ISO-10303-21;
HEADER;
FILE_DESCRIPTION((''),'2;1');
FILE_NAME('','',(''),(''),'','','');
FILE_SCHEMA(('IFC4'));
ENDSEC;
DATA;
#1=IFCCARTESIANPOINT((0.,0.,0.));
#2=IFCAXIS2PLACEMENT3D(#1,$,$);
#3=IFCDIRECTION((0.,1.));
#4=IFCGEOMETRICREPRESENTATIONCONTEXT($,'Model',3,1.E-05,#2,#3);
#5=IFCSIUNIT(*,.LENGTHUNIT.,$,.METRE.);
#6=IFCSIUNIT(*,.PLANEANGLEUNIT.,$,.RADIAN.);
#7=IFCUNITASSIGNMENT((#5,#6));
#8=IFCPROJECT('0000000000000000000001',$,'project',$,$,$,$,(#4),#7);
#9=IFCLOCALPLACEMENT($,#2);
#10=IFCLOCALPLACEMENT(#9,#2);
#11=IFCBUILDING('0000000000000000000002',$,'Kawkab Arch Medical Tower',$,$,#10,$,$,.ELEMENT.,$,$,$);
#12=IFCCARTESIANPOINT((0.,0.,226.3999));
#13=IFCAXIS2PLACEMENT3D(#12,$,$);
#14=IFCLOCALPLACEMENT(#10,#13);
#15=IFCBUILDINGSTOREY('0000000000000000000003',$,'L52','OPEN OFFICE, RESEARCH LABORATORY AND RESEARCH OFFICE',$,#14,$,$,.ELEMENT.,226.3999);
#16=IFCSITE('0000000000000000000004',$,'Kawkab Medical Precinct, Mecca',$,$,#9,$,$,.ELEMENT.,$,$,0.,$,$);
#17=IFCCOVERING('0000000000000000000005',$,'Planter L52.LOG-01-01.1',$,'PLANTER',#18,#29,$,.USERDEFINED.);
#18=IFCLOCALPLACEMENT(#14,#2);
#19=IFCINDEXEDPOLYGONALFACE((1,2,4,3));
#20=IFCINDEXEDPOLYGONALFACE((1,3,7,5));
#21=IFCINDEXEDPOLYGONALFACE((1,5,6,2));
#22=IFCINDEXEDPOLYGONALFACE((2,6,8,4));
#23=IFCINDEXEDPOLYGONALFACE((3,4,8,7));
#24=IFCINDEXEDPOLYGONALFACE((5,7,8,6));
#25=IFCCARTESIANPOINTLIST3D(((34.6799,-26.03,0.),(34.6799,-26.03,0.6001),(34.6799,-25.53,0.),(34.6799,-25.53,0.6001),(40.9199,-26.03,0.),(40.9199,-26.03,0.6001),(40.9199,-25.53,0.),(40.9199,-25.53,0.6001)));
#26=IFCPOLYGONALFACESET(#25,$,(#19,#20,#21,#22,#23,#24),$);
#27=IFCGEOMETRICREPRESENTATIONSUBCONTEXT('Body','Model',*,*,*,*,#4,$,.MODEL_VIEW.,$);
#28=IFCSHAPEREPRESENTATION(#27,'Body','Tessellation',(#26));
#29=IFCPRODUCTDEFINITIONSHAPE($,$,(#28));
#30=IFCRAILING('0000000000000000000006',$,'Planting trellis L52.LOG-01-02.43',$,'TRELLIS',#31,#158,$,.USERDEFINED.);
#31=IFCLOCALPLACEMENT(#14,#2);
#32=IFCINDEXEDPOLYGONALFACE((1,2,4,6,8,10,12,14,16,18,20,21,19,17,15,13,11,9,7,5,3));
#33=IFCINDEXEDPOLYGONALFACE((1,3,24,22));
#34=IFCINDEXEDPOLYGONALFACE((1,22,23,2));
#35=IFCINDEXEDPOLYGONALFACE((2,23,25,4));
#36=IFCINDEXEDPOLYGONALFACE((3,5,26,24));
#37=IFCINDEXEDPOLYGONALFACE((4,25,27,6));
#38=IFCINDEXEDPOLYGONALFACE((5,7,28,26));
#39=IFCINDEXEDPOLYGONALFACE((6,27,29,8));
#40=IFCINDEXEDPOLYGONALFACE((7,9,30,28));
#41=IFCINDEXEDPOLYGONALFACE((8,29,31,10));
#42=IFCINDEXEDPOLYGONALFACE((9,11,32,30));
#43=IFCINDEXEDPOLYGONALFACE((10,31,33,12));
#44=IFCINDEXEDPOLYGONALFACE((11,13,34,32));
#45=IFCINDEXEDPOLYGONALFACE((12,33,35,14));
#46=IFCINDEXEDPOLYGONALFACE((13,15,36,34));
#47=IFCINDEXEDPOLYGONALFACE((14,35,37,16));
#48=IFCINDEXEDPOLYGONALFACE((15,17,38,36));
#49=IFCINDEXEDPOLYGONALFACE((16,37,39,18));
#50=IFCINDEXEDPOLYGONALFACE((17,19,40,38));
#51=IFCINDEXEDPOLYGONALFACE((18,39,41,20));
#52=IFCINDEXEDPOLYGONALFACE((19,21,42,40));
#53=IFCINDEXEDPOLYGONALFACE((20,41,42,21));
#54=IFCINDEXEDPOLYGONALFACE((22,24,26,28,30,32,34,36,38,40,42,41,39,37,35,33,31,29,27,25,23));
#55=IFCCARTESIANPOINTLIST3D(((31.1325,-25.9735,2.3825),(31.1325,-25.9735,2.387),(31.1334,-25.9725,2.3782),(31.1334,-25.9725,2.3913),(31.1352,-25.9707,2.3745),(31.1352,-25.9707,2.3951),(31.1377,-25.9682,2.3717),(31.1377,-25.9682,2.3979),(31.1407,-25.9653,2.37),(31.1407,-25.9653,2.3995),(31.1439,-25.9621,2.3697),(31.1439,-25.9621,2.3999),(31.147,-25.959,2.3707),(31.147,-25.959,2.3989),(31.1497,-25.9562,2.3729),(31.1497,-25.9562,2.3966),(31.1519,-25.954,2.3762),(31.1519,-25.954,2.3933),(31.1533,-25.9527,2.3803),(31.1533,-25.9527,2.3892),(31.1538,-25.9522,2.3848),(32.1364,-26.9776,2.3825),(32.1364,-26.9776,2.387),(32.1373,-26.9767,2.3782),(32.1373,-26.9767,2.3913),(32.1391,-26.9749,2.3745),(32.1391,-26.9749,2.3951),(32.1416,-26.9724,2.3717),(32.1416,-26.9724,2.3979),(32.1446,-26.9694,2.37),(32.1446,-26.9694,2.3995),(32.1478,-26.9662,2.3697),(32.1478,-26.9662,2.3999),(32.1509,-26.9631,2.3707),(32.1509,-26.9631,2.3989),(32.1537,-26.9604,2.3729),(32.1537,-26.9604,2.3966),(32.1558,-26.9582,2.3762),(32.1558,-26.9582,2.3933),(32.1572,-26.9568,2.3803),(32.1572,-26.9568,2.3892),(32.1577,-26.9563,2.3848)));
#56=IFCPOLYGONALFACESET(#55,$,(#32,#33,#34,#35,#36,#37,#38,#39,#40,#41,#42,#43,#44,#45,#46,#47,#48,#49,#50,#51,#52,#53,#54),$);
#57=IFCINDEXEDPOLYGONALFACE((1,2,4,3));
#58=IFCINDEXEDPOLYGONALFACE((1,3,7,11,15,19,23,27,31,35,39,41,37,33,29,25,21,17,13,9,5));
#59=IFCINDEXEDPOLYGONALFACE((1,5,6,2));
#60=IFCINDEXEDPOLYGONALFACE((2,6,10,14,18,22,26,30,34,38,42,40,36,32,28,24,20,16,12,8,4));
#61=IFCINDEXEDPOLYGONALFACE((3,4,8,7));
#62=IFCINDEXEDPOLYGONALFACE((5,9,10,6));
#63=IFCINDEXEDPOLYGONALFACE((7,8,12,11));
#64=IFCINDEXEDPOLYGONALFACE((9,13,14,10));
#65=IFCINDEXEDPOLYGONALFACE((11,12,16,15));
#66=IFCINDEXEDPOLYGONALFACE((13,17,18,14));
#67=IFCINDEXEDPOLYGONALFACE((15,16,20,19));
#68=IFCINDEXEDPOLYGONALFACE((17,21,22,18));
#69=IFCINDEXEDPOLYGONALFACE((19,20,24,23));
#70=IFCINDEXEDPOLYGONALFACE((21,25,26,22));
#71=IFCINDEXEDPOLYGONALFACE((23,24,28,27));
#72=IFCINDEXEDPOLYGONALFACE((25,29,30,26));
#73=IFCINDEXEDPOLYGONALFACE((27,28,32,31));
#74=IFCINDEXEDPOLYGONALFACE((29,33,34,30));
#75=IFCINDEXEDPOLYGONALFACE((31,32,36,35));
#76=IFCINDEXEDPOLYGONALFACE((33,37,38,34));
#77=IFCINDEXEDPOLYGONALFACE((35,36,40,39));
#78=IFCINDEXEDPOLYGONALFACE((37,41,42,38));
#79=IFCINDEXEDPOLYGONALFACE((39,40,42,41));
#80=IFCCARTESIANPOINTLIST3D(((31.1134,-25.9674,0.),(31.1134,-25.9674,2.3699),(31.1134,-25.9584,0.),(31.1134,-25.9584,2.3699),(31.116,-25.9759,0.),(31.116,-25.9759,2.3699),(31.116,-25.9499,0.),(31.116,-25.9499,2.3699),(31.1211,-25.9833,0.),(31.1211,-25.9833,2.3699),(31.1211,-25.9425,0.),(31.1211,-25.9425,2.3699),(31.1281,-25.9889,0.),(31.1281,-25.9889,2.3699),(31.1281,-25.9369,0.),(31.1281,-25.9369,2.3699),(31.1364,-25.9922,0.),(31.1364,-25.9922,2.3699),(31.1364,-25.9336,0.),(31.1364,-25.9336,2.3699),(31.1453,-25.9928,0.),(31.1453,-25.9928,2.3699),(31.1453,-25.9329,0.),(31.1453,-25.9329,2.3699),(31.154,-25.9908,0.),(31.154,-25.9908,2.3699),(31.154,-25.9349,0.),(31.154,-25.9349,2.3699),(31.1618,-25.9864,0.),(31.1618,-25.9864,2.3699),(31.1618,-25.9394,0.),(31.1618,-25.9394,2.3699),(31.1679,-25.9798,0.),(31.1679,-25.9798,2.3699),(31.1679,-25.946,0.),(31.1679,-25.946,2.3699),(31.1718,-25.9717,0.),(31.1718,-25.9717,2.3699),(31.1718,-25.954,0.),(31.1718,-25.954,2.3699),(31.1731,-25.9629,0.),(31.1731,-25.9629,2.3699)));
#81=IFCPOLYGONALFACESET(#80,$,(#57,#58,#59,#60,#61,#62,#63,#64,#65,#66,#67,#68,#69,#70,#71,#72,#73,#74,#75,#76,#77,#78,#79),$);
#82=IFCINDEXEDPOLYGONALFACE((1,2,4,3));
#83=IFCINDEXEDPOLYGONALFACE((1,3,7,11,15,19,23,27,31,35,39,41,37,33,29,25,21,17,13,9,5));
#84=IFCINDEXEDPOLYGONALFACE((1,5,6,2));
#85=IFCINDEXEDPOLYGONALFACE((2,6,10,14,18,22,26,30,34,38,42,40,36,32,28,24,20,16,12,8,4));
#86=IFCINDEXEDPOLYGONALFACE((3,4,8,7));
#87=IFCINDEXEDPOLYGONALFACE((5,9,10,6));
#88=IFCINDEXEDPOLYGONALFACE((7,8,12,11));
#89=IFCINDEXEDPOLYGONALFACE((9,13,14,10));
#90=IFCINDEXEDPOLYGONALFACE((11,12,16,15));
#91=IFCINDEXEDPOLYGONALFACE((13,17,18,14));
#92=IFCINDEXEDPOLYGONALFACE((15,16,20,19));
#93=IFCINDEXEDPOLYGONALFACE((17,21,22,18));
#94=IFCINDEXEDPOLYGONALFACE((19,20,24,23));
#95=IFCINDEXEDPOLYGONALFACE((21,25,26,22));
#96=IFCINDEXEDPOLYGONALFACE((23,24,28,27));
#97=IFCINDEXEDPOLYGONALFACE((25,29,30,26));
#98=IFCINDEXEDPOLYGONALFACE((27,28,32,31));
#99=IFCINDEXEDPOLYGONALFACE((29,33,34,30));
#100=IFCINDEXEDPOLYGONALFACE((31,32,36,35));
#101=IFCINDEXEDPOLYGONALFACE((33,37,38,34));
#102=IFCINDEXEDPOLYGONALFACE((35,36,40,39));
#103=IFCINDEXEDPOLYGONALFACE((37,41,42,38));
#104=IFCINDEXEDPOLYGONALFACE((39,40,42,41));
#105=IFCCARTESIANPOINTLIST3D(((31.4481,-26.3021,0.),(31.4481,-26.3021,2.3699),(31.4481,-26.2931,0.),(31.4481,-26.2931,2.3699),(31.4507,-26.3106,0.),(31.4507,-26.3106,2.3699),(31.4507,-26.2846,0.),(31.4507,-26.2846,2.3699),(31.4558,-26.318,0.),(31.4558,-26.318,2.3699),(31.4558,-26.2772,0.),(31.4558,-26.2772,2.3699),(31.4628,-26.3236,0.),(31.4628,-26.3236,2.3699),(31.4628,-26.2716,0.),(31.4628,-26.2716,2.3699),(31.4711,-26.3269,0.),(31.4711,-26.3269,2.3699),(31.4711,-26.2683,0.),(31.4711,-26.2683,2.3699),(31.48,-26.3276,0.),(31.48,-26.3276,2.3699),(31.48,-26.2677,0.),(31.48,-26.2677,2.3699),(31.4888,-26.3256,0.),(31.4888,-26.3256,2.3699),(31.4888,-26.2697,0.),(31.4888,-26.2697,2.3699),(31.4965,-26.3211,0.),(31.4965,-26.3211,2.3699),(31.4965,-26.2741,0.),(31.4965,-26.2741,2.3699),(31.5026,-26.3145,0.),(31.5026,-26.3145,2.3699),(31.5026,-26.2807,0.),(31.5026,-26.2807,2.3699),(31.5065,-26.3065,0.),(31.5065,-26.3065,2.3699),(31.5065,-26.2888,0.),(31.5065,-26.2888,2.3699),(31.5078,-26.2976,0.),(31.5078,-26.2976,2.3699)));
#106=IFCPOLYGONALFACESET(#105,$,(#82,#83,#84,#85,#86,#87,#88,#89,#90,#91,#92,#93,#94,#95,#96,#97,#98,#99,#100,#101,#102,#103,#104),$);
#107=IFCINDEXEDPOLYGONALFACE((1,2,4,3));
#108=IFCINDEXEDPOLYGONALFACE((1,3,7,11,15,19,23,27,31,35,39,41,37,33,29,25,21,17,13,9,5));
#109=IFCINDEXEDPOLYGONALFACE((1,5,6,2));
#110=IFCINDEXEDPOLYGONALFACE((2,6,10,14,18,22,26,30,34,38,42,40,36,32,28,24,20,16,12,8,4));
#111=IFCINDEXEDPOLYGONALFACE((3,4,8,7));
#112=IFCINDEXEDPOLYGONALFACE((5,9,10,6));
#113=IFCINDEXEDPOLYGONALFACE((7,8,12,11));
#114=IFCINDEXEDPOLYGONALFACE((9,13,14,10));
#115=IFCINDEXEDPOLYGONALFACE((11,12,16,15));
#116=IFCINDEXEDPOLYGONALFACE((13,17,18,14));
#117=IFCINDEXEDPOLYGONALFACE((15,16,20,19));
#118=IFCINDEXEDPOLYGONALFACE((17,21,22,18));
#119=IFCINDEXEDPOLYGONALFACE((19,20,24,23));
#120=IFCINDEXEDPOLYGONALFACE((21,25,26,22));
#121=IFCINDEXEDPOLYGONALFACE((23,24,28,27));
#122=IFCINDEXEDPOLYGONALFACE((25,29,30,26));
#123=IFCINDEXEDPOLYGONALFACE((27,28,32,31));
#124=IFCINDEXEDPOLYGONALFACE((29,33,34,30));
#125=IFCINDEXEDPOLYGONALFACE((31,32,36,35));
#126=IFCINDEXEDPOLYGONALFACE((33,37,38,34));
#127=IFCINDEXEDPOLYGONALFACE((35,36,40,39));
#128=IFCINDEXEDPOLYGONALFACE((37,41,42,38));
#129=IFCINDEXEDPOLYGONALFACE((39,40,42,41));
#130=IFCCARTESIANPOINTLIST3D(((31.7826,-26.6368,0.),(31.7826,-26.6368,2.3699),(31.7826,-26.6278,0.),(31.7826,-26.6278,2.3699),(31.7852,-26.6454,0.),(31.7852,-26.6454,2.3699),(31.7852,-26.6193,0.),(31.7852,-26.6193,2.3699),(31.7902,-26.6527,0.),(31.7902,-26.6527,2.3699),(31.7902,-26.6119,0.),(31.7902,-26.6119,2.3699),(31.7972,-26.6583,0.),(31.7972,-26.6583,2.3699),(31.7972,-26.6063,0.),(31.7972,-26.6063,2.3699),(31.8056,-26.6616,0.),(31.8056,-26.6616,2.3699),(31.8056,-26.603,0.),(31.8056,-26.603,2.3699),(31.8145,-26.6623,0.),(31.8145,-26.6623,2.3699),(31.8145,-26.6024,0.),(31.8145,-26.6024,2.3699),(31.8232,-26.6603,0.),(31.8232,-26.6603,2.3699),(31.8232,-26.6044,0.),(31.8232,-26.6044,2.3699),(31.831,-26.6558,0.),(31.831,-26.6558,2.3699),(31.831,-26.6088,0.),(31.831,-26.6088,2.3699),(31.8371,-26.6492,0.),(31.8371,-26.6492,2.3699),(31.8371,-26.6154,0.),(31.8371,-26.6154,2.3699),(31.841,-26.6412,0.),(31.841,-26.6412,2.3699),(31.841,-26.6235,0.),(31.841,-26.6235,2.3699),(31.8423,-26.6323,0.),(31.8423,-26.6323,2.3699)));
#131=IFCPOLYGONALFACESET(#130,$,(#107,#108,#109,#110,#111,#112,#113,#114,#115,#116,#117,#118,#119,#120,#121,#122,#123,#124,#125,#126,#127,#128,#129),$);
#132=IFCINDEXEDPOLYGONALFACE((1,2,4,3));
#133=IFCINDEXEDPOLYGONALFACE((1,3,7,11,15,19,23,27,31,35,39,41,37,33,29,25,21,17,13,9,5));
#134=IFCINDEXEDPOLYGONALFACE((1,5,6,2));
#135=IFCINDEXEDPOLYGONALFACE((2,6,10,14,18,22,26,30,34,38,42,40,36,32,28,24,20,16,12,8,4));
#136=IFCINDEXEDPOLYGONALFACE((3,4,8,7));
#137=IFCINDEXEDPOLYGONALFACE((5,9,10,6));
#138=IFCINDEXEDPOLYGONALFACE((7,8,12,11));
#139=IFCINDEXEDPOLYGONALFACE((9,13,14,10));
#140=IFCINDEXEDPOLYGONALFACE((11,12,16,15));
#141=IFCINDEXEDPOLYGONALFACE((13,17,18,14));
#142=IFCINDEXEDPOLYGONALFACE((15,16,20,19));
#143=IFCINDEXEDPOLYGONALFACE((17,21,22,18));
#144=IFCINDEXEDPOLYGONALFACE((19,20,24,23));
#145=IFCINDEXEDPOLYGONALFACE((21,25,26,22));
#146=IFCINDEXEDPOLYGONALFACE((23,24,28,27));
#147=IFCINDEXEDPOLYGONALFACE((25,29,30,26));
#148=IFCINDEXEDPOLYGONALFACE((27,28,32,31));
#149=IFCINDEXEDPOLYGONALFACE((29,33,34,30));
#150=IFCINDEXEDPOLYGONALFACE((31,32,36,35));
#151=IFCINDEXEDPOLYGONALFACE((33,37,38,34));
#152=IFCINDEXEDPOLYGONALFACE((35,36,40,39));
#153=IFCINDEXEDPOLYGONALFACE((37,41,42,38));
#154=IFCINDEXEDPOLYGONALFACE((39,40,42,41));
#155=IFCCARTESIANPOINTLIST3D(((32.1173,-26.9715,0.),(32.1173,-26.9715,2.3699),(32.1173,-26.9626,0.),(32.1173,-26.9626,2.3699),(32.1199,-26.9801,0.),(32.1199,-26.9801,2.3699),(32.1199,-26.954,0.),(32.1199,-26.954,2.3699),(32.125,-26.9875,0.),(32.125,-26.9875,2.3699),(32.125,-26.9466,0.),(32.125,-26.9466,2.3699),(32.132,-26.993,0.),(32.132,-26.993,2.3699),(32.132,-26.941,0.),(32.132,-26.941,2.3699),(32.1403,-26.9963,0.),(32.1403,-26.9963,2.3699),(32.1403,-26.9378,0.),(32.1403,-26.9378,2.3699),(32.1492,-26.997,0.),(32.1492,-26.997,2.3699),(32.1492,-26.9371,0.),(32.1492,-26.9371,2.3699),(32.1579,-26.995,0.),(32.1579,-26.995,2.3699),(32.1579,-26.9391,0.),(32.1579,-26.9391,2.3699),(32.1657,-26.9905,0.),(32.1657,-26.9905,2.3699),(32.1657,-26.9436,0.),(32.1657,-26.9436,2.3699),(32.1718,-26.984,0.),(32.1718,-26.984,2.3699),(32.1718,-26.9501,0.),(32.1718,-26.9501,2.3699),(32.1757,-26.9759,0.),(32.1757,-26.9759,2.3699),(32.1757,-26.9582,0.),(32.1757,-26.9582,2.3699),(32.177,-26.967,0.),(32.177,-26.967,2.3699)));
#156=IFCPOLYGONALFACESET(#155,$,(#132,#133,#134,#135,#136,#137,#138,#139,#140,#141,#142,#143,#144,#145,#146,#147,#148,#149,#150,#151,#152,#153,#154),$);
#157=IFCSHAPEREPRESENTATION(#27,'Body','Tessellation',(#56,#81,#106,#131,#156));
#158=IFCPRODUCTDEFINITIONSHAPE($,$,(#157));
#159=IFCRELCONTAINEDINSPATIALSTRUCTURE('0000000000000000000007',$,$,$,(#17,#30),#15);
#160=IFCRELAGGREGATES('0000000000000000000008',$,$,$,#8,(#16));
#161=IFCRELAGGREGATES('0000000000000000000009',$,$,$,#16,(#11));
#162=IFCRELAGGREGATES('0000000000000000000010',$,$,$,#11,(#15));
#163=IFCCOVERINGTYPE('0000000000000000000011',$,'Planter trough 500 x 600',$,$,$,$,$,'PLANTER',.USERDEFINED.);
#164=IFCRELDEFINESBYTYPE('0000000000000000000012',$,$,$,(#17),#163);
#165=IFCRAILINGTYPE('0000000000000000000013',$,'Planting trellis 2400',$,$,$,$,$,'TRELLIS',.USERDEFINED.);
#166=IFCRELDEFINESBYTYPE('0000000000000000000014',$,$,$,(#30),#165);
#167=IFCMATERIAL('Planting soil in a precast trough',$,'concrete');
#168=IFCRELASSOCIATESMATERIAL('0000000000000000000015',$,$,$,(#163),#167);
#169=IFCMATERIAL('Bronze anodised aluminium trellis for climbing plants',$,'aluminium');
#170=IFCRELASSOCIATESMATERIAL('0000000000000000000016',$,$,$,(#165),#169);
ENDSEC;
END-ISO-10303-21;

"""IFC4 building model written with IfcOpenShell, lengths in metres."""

from ifc_helpers import new_model, si_unit, direction, frame, origin, origin_2d, place, context, subcontext, project, spatial, rectangle, circle, extrude, material, material_profile, profile_set, type_object, element, save


model = new_model("IFC4")

# Units and contexts
model_context = context("Model", 3, precision=1e-05, world=origin(), true_north=direction((0.0, 1.0)))
body_context = subcontext(model_context, "Body", "Model", "MODEL_VIEW")
ifc_project = project(units=[si_unit("LENGTHUNIT", "METRE"), si_unit("PLANEANGLEUNIT", "RADIAN")], contexts=[model_context])

# Site, building, storey
site_placement = place(None, origin())
site = spatial("IfcSite", under=ifc_project, at=site_placement, Name="Kawkab Medical Precinct, Mecca", CompositionType="ELEMENT", RefElevation=0.0)
building_placement = place(site_placement, origin())
building = spatial("IfcBuilding", under=site, at=building_placement, Name="Kawkab Arch Medical Tower", CompositionType="ELEMENT")
storey_placement = place(building_placement, frame((0.0, 0.0, 226.3999)))
storey = spatial("IfcBuildingStorey", under=building, at=storey_placement, Name="L52", Description="OPEN OFFICE, RESEARCH LABORATORY AND RESEARCH OFFICE", CompositionType="ELEMENT", Elevation=226.3999)

# Covering
ifc_material_1 = material(Name="Planting soil in a precast trough", Category="concrete")
ifc_material_profile_1 = material_profile(ifc_material_1, rectangle(XDim=0.5, YDim=0.6001, at=origin_2d()), Name="Trough 500x600")
ifc_profile_set_1 = profile_set([ifc_material_profile_1], Name="Planting soil in a precast trough")
covering_type = type_object("IfcCoveringType", Name="Planter trough 500 x 600", ElementType="PLANTER", PredefinedType="USERDEFINED", material=ifc_profile_set_1)
covering_placement = place(storey_placement, frame((34.6799, -25.78, 0.3), z_axis=(1.0, 0.0, 0.0), x_axis=(0.0, 1.0, 0.0)))
element("IfcCovering", 1, at=covering_placement, inside=storey, type_object=covering_type, Name="Planter L52.LOG-01-01.1", ObjectType="PLANTER", PredefinedType="USERDEFINED", context=body_context, shape_type="SweptSolid", body=[
    extrude(rectangle(XDim=0.5, YDim=0.6001, at=origin_2d()), origin(), (0.0, 0.0, 1.0), 6.24),
])

# Railing
ifc_material_2 = material(Name="Bronze anodised aluminium trellis for climbing plants", Category="aluminium")
railing_type_1 = type_object("IfcRailingType", Name="Planting trellis 2400", ElementType="TRELLIS", PredefinedType="USERDEFINED", material=ifc_material_2)
railing_1_placement = place(storey_placement, frame((31.1431, -25.9629, 0.0)))
element("IfcRailing", 2, at=railing_1_placement, inside=storey, type_object=railing_type_1, Name="Planting trellis L52.LOG-01-02.43", ObjectType="TRELLIS", PredefinedType="USERDEFINED", context=body_context, shape_type="SweptSolid", body=[
    extrude(circle(Radius=0.0151, at=origin_2d()), frame((0.0, 0.0, 2.3848), z_axis=(0.707021, -0.707193, 0.0), x_axis=(0.707193, 0.707021, 0.0)), (0.0, 0.0, 1.0), 1.4199),
    extrude(circle(Radius=0.03, at=origin_2d()), origin(), (0.0, 0.0, 1.0), 2.3699),
    extrude(circle(Radius=0.03, at=origin_2d()), frame((0.3347, -0.3347, 0.0)), (0.0, 0.0, 1.0), 2.3699),
    extrude(circle(Radius=0.03, at=origin_2d()), frame((0.6692, -0.6694, 0.0)), (0.0, 0.0, 1.0), 2.3699),
    extrude(circle(Radius=0.03, at=origin_2d()), frame((1.0039, -1.0042, 0.0)), (0.0, 0.0, 1.0), 2.3699),
])

save(model, "model.ifc")
